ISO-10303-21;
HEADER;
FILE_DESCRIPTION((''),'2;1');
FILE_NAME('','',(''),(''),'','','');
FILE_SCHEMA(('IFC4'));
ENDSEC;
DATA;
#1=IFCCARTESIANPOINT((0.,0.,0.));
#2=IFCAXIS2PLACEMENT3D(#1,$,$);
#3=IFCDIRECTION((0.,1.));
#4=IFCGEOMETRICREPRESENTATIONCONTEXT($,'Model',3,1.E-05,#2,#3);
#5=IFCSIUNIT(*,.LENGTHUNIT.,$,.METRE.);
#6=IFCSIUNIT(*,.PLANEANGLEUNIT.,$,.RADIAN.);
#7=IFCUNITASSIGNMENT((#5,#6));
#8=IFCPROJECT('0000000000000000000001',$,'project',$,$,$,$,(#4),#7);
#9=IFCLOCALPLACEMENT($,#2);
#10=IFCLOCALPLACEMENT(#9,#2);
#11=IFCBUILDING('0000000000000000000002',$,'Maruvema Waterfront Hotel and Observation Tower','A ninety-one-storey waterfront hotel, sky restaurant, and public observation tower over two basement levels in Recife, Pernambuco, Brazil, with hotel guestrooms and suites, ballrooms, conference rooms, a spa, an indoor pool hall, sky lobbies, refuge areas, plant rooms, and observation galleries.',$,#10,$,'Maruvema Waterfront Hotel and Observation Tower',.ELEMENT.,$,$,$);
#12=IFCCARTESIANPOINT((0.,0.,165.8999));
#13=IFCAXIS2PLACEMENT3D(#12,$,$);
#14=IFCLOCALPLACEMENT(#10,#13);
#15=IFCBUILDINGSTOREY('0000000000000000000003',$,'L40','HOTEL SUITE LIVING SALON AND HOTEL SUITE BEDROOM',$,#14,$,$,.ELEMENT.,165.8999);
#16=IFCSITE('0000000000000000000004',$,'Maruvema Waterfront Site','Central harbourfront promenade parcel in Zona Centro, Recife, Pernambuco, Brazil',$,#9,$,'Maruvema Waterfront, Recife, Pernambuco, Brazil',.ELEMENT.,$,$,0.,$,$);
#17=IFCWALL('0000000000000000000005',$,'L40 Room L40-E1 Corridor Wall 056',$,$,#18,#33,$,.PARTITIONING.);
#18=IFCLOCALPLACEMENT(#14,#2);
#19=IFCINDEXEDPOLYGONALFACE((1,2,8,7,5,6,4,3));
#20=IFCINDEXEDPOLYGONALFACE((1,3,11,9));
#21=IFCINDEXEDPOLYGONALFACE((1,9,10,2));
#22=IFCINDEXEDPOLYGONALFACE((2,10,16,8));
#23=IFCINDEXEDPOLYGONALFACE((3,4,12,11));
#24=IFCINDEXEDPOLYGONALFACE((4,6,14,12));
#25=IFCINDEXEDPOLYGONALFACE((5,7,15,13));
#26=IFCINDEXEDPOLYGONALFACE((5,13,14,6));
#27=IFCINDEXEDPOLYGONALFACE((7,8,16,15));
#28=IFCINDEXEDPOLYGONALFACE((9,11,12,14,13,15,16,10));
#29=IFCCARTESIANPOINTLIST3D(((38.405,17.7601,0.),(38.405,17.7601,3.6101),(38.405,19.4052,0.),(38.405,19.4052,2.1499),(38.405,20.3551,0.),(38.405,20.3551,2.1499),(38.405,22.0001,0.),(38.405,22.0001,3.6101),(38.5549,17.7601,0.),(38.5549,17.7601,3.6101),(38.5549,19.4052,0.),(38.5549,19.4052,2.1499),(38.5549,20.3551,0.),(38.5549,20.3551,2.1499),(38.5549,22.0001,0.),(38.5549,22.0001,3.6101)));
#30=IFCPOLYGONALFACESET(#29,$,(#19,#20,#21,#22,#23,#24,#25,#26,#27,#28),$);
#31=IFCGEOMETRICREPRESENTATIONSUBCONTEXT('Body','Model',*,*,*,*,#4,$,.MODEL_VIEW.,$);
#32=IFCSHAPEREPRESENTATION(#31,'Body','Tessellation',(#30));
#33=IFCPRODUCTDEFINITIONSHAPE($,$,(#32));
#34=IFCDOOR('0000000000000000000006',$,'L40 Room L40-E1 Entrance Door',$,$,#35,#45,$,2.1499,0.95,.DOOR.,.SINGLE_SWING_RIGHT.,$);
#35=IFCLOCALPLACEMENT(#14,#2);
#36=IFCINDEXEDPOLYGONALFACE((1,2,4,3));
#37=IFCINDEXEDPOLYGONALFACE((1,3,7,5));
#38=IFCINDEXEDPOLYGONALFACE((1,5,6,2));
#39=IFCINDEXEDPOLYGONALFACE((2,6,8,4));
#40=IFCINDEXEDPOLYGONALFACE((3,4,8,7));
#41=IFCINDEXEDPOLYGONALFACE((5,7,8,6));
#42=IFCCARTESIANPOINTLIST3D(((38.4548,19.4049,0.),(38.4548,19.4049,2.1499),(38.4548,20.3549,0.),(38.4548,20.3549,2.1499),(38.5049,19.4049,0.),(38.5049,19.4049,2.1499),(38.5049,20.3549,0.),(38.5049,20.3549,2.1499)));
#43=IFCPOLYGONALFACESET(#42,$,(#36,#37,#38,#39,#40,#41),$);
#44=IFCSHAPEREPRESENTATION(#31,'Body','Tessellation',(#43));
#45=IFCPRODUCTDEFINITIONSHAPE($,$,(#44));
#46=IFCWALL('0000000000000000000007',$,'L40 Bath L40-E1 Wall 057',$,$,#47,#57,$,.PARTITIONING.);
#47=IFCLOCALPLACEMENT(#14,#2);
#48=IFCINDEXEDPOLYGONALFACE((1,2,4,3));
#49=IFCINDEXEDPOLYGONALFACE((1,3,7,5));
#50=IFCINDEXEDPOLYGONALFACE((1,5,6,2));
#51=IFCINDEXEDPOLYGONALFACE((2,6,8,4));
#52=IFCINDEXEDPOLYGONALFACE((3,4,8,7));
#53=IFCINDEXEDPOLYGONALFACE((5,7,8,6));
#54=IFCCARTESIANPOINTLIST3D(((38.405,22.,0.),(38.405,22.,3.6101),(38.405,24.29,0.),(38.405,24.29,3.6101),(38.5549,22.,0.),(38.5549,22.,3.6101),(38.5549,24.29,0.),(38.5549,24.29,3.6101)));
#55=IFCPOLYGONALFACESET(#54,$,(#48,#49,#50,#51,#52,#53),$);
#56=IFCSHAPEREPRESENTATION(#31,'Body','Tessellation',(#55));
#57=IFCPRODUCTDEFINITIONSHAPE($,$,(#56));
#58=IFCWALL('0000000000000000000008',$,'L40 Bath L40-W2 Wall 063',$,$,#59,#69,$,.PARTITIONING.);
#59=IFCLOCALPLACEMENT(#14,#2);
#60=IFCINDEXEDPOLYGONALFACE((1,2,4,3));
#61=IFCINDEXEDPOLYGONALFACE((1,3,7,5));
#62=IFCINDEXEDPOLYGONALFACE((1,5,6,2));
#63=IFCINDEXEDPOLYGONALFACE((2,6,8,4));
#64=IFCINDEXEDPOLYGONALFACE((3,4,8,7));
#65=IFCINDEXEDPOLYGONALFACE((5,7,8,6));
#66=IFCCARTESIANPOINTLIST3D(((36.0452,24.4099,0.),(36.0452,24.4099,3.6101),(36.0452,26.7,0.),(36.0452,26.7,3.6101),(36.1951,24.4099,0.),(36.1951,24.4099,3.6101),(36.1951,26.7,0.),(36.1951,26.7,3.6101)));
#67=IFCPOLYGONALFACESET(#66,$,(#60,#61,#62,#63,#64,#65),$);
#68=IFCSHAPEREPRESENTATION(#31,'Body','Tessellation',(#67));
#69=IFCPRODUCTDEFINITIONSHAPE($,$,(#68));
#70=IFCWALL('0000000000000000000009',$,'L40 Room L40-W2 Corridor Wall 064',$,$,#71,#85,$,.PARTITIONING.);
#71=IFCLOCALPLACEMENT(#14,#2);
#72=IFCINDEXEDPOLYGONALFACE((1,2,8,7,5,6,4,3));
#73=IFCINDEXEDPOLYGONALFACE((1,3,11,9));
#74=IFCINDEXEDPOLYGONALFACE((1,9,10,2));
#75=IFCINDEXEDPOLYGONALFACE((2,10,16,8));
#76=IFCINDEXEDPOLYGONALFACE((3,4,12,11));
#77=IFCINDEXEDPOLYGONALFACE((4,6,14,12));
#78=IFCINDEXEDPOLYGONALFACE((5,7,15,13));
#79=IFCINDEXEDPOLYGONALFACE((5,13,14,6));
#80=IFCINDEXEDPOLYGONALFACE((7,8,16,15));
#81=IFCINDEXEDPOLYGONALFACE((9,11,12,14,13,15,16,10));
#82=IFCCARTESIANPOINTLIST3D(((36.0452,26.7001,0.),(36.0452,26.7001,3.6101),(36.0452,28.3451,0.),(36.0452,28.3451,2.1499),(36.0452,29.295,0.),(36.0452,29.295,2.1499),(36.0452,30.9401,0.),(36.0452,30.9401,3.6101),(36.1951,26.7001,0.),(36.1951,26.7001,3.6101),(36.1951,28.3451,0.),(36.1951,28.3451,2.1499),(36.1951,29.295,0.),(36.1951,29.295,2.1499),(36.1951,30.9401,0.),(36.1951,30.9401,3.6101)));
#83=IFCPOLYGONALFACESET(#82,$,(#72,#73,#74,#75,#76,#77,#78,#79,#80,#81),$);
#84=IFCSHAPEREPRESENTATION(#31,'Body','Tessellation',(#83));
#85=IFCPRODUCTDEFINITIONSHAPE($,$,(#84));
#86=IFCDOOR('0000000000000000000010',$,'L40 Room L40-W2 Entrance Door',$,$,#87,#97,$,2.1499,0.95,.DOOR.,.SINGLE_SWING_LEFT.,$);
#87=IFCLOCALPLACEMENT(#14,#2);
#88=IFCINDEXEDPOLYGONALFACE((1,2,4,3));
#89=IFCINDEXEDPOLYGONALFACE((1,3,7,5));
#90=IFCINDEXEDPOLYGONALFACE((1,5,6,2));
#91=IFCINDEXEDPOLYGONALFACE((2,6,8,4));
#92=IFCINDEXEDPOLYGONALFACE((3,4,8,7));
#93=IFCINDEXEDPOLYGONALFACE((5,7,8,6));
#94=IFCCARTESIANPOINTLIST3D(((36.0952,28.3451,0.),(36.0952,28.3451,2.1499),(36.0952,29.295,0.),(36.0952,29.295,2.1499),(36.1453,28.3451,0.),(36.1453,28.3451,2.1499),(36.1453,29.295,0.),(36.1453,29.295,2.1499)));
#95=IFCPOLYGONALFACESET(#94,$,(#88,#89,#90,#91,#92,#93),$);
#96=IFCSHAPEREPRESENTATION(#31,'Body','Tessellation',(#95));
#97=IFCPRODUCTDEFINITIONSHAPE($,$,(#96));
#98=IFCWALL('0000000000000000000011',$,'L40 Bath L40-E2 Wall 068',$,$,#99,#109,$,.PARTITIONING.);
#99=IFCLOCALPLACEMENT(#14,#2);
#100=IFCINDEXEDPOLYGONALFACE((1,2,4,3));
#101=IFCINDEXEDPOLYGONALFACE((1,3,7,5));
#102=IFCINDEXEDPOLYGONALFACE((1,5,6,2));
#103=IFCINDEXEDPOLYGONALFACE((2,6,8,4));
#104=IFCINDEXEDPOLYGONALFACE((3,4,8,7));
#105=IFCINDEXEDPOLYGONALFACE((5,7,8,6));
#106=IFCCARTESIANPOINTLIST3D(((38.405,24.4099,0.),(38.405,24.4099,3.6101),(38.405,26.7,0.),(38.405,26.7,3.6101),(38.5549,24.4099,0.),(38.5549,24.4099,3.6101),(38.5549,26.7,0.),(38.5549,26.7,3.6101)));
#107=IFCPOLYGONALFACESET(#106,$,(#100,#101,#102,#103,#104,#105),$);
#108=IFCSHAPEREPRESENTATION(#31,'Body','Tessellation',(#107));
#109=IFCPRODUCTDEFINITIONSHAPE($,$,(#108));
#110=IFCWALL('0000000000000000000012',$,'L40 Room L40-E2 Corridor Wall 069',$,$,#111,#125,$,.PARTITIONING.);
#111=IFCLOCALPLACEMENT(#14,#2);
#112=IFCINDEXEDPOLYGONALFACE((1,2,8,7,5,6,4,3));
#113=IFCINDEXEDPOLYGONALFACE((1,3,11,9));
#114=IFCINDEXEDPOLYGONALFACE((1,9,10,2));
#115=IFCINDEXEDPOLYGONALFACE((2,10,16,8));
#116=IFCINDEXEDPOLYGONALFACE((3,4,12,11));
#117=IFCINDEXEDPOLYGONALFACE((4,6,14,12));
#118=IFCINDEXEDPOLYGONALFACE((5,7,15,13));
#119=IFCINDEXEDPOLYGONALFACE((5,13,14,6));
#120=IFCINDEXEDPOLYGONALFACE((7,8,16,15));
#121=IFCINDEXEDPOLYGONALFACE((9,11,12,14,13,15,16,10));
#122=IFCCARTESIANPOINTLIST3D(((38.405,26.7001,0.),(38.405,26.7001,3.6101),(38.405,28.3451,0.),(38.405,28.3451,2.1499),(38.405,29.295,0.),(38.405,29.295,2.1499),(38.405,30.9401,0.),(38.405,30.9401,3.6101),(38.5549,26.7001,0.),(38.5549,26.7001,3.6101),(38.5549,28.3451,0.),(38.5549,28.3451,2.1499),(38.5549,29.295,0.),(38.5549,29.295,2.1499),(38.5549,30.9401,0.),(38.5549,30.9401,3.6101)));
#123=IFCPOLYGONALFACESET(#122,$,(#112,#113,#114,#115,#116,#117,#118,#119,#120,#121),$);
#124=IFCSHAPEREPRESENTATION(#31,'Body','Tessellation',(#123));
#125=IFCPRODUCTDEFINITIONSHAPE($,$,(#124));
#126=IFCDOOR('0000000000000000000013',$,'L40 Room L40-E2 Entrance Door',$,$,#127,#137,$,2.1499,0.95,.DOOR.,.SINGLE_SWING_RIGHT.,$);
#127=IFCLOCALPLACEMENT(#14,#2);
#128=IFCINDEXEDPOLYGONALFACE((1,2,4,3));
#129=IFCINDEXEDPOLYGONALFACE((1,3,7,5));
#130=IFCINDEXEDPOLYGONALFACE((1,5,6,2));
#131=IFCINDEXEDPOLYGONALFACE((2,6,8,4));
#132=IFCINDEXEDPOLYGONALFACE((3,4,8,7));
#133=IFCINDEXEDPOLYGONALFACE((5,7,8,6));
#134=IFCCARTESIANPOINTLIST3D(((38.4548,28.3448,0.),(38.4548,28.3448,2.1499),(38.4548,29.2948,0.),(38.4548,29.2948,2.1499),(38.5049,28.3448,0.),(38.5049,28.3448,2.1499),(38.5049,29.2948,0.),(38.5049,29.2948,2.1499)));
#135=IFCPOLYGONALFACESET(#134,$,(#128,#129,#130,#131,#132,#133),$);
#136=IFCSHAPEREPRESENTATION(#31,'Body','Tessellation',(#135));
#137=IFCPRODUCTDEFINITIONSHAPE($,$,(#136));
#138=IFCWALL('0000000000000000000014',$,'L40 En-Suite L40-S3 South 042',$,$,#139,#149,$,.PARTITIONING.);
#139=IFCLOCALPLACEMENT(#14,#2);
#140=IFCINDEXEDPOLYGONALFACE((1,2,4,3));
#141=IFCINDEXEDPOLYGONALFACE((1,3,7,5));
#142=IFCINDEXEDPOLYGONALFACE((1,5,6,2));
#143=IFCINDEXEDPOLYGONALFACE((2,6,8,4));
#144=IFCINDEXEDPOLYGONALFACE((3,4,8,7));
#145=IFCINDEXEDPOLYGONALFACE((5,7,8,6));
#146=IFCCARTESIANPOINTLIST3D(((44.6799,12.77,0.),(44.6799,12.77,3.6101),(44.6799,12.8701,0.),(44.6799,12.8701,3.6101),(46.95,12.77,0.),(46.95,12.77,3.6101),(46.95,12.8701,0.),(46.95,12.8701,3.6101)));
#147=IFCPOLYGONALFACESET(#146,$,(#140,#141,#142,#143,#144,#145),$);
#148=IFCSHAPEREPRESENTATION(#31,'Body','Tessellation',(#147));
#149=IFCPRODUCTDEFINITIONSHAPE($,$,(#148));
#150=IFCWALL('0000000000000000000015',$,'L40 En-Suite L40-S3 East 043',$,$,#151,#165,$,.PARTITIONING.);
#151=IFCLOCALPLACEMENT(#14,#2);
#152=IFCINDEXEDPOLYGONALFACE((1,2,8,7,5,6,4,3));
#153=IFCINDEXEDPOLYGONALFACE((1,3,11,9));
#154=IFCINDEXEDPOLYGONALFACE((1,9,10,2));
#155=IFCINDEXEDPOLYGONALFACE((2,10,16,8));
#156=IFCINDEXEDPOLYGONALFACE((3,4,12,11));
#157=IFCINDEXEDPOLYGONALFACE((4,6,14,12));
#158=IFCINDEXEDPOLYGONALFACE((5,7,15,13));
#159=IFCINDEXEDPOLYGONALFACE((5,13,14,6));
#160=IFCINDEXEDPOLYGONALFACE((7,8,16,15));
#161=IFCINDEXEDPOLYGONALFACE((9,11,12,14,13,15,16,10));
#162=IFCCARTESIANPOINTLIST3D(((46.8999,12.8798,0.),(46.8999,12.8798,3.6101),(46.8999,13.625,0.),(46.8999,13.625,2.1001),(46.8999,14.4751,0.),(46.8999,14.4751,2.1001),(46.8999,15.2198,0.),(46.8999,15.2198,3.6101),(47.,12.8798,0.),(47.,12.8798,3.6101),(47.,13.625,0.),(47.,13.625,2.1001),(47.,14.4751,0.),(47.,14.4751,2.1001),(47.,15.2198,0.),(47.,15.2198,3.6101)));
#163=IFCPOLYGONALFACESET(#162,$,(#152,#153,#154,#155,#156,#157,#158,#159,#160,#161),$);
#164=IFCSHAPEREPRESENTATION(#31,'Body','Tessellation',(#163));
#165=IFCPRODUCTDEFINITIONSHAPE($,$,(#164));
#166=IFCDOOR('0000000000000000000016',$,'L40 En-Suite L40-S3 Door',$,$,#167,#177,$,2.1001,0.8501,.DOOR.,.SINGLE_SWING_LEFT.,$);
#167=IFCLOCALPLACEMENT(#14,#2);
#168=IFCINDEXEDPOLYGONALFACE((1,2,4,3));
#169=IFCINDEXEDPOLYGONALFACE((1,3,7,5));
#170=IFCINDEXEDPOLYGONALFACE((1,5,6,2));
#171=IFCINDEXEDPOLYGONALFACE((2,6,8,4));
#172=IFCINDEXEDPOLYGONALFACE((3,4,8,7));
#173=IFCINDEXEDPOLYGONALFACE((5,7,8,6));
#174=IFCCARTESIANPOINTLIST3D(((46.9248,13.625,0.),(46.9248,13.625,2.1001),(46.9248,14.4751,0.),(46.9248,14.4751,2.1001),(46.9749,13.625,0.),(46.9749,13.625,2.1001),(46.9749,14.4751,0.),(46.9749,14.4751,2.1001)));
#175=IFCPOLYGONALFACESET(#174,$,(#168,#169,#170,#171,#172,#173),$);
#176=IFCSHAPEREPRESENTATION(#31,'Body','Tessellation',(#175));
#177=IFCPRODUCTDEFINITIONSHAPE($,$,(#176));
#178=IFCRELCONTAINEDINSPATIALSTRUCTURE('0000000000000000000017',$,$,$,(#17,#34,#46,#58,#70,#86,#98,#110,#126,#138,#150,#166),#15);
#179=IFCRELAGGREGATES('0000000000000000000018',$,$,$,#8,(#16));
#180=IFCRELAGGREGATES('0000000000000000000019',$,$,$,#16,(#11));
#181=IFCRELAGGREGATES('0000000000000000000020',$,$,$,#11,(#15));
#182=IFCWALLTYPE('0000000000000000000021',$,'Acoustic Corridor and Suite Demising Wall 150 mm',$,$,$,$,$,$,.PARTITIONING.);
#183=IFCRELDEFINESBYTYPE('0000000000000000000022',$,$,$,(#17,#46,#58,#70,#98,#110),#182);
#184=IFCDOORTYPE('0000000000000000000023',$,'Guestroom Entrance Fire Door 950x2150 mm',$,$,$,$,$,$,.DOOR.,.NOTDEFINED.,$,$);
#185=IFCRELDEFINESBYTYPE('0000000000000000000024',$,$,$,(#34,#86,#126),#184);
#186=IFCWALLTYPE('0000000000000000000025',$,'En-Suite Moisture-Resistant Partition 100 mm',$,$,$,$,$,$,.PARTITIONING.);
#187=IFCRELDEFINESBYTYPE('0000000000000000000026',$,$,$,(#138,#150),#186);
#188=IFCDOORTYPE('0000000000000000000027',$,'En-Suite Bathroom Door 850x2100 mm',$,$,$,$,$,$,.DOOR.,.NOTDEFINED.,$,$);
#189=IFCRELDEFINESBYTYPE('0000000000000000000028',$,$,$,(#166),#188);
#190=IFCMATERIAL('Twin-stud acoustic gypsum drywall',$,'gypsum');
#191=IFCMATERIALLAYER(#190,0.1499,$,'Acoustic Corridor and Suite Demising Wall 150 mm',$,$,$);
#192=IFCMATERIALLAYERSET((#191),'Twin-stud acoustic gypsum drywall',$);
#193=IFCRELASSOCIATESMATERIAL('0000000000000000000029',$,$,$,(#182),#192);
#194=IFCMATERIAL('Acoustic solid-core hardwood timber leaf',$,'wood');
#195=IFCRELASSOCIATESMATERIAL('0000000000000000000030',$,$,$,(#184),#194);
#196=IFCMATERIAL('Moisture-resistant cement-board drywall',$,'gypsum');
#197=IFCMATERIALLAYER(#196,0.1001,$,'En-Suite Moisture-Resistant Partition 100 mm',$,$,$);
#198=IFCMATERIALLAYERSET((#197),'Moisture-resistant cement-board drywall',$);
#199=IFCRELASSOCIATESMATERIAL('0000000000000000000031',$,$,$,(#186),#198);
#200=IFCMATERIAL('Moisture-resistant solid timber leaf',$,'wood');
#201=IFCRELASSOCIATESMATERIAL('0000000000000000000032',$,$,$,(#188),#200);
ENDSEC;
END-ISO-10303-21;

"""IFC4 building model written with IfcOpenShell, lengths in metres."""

from ifc_helpers import new_model, si_unit, direction, frame, frame_2d, origin, place, context, subcontext, project, spatial, rectangle, extrude, material, layer, layer_set, type_object, element, fill, save


model = new_model("IFC4")

# Units and contexts
model_context = context("Model", 3, precision=1e-05, world=origin(), true_north=direction((0.0, 1.0)))
body_context = subcontext(model_context, "Body", "Model", "MODEL_VIEW")
ifc_project = project(units=[si_unit("LENGTHUNIT", "METRE"), si_unit("PLANEANGLEUNIT", "RADIAN")], contexts=[model_context])

# Site, building, storey
site_placement = place(None, origin())
site = spatial("IfcSite", under=ifc_project, at=site_placement, Name="Maruvema Waterfront Site", Description="Central harbourfront promenade parcel in Zona Centro, Recife, Pernambuco, Brazil", LongName="Maruvema Waterfront, Recife, Pernambuco, Brazil", CompositionType="ELEMENT", RefElevation=0.0)
building_placement = place(site_placement, origin())
building = spatial("IfcBuilding", under=site, at=building_placement, Name="Maruvema Waterfront Hotel and Observation Tower", Description="A ninety-one-storey waterfront hotel, sky restaurant, and public observation tower over two basement levels in Recife, Pernambuco, Brazil, with hotel guestrooms and suites, ballrooms, conference rooms, a spa, an indoor pool hall, sky lobbies, refuge areas, plant rooms, and observation galleries.", LongName="Maruvema Waterfront Hotel and Observation Tower", CompositionType="ELEMENT")
storey_placement = place(building_placement, frame((0.0, 0.0, 165.8999)))
storey = spatial("IfcBuildingStorey", under=building, at=storey_placement, Name="L40", Description="HOTEL SUITE LIVING SALON AND HOTEL SUITE BEDROOM", CompositionType="ELEMENT", Elevation=165.8999)

# Shared definitions
ifc_material_1 = material(Name="Twin-stud acoustic gypsum drywall", Category="gypsum")
ifc_layer_1 = layer(ifc_material_1, 0.1499, Name="Acoustic Corridor and Suite Demising Wall 150 mm")
ifc_layer_set_1 = layer_set([ifc_layer_1], Name="Twin-stud acoustic gypsum drywall")
wall_type_1 = type_object("IfcWallType", Name="Acoustic Corridor and Suite Demising Wall 150 mm", PredefinedType="PARTITIONING", material=ifc_layer_set_1)

# Wall, opening, door
ifc_material_2 = material(Name="Acoustic solid-core hardwood timber leaf", Category="wood")
door_type_1 = type_object("IfcDoorType", Name="Guestroom Entrance Fire Door 950x2150 mm", OperationType="NOTDEFINED", PredefinedType="DOOR", material=ifc_material_2)
wall_1_placement = place(storey_placement, frame((38.48, 17.76, 0.0), z_axis=(0.0, 0.0, 1.0), x_axis=(0.0, 1.0, 0.0)))
wall_1 = element("IfcWall", 1, at=wall_1_placement, inside=storey, type_object=wall_type_1, Name="L40 Room L40-E1 Corridor Wall 056", PredefinedType="PARTITIONING", context=body_context, shape_type="SweptSolid", body=[
    extrude(rectangle(XDim=4.24, YDim=0.1499, at=frame_2d((2.1201, 0.0))), origin(), (0.0, 0.0, 1.0), 3.6101),
])
opening_1_placement = place(wall_1_placement, frame((1.645, 0.0, 0.0)))
opening_1 = element("IfcOpeningElement", 2, at=opening_1_placement, cuts=wall_1, PredefinedType="OPENING", context=body_context, shape_type="SweptSolid", body=[
    extrude(rectangle(XDim=0.95, YDim=2.1499, at=frame_2d((0.4751, 1.075))), frame((0.0, 0.085, 0.0), z_axis=(0.0, -1.0, 0.0), x_axis=(1.0, 0.0, 0.0)), (0.0, 0.0, 1.0), 0.1699),
])
door_1_placement = place(opening_1_placement, frame((0.95, 0.0, 0.0), z_axis=(0.0, 0.0, 1.0), x_axis=(-1.0, 0.0, 0.0)))
door_1 = element("IfcDoor", 3, at=door_1_placement, inside=storey, type_object=door_type_1, Name="L40 Room L40-E1 Entrance Door", OperationType="SINGLE_SWING_RIGHT", OverallHeight=2.1499, OverallWidth=0.95, PredefinedType="DOOR", context=body_context, shape_type="SweptSolid", body=[
    extrude(rectangle(XDim=0.95, YDim=2.1499, at=frame_2d((0.4751, 1.075))), frame((0.0, 0.0249, 0.0), z_axis=(0.0, -1.0, 0.0), x_axis=(1.0, 0.0, 0.0)), (0.0, 0.0, 1.0), 0.05),
])
fill(opening_1, door_1)

# Walls
for number, where, z_axis, x_axis, name in (
    (4, (38.48, 22.0, 0.0), (0.0, 0.0, 1.0), (0.0, 1.0, 0.0), "L40 Bath L40-E1 Wall 057"),
    (5, (36.1201, 24.4099, 0.0), (0.0, 0.0, 1.0), (0.0, 1.0, 0.0), "L40 Bath L40-W2 Wall 063"),
):
    element("IfcWall", number, at=place(storey_placement, frame(where, z_axis=z_axis, x_axis=x_axis)), inside=storey, type_object=wall_type_1, Name=name, PredefinedType="PARTITIONING", context=body_context, shape_type="SweptSolid", body=[
        extrude(rectangle(XDim=2.29, YDim=0.1499, at=frame_2d((1.145, 0.0))), origin(), (0.0, 0.0, 1.0), 3.6101),
    ])

# Wall, opening, door
wall_2_placement = place(storey_placement, frame((36.1201, 26.7, 0.0), z_axis=(0.0, 0.0, 1.0), x_axis=(0.0, 1.0, 0.0)))
wall_2 = element("IfcWall", 6, at=wall_2_placement, inside=storey, type_object=wall_type_1, Name="L40 Room L40-W2 Corridor Wall 064", PredefinedType="PARTITIONING", context=body_context, shape_type="SweptSolid", body=[
    extrude(rectangle(XDim=4.24, YDim=0.1499, at=frame_2d((2.1201, 0.0))), origin(), (0.0, 0.0, 1.0), 3.6101),
])
opening_2_placement = place(wall_2_placement, frame((1.645, 0.0, 0.0)))
opening_2 = element("IfcOpeningElement", 7, at=opening_2_placement, cuts=wall_2, PredefinedType="OPENING", context=body_context, shape_type="SweptSolid", body=[
    extrude(rectangle(XDim=0.95, YDim=2.1499, at=frame_2d((0.4751, 1.075))), frame((0.0, 0.085, 0.0), z_axis=(0.0, -1.0, 0.0), x_axis=(1.0, 0.0, 0.0)), (0.0, 0.0, 1.0), 0.1699),
])
door_2_placement = place(opening_2_placement, origin())
door_2 = element("IfcDoor", 8, at=door_2_placement, inside=storey, type_object=door_type_1, Name="L40 Room L40-W2 Entrance Door", OperationType="SINGLE_SWING_LEFT", OverallHeight=2.1499, OverallWidth=0.95, PredefinedType="DOOR", context=body_context, shape_type="SweptSolid", body=[
    extrude(rectangle(XDim=0.95, YDim=2.1499, at=frame_2d((0.4751, 1.075))), frame((0.0, 0.0249, 0.0), z_axis=(0.0, -1.0, 0.0), x_axis=(1.0, 0.0, 0.0)), (0.0, 0.0, 1.0), 0.05),
])
fill(opening_2, door_2)

# Wall
wall_3_placement = place(storey_placement, frame((38.48, 24.4099, 0.0), z_axis=(0.0, 0.0, 1.0), x_axis=(0.0, 1.0, 0.0)))
element("IfcWall", 9, at=wall_3_placement, inside=storey, type_object=wall_type_1, Name="L40 Bath L40-E2 Wall 068", PredefinedType="PARTITIONING", context=body_context, shape_type="SweptSolid", body=[
    extrude(rectangle(XDim=2.29, YDim=0.1499, at=frame_2d((1.145, 0.0))), origin(), (0.0, 0.0, 1.0), 3.6101),
])

# Wall, opening, door
wall_4_placement = place(storey_placement, frame((38.48, 26.7, 0.0), z_axis=(0.0, 0.0, 1.0), x_axis=(0.0, 1.0, 0.0)))
wall_4 = element("IfcWall", 10, at=wall_4_placement, inside=storey, type_object=wall_type_1, Name="L40 Room L40-E2 Corridor Wall 069", PredefinedType="PARTITIONING", context=body_context, shape_type="SweptSolid", body=[
    extrude(rectangle(XDim=4.24, YDim=0.1499, at=frame_2d((2.1201, 0.0))), origin(), (0.0, 0.0, 1.0), 3.6101),
])
opening_3_placement = place(wall_4_placement, frame((1.645, 0.0, 0.0)))
opening_3 = element("IfcOpeningElement", 11, at=opening_3_placement, cuts=wall_4, PredefinedType="OPENING", context=body_context, shape_type="SweptSolid", body=[
    extrude(rectangle(XDim=0.95, YDim=2.1499, at=frame_2d((0.4751, 1.075))), frame((0.0, 0.085, 0.0), z_axis=(0.0, -1.0, 0.0), x_axis=(1.0, 0.0, 0.0)), (0.0, 0.0, 1.0), 0.1699),
])
door_3_placement = place(opening_3_placement, frame((0.95, 0.0, 0.0), z_axis=(0.0, 0.0, 1.0), x_axis=(-1.0, 0.0, 0.0)))
door_3 = element("IfcDoor", 12, at=door_3_placement, inside=storey, type_object=door_type_1, Name="L40 Room L40-E2 Entrance Door", OperationType="SINGLE_SWING_RIGHT", OverallHeight=2.1499, OverallWidth=0.95, PredefinedType="DOOR", context=body_context, shape_type="SweptSolid", body=[
    extrude(rectangle(XDim=0.95, YDim=2.1499, at=frame_2d((0.4751, 1.075))), frame((0.0, 0.0249, 0.0), z_axis=(0.0, -1.0, 0.0), x_axis=(1.0, 0.0, 0.0)), (0.0, 0.0, 1.0), 0.05),
])
fill(opening_3, door_3)

# Wall
ifc_material_3 = material(Name="Moisture-resistant cement-board drywall", Category="gypsum")
ifc_layer_2 = layer(ifc_material_3, 0.1001, Name="En-Suite Moisture-Resistant Partition 100 mm")
ifc_layer_set_2 = layer_set([ifc_layer_2], Name="Moisture-resistant cement-board drywall")
wall_type_2 = type_object("IfcWallType", Name="En-Suite Moisture-Resistant Partition 100 mm", PredefinedType="PARTITIONING", material=ifc_layer_set_2)
wall_5_placement = place(storey_placement, frame((44.6799, 12.8201, 0.0), z_axis=(0.0, 0.0, 1.0), x_axis=(1.0, 0.0, 0.0)))
element("IfcWall", 13, at=wall_5_placement, inside=storey, type_object=wall_type_2, Name="L40 En-Suite L40-S3 South 042", PredefinedType="PARTITIONING", context=body_context, shape_type="SweptSolid", body=[
    extrude(rectangle(XDim=2.27, YDim=0.1001, at=frame_2d((1.135, 0.0))), origin(), (0.0, 0.0, 1.0), 3.6101),
])

# Wall, opening, door
wall_6_placement = place(storey_placement, frame((46.95, 12.8799, 0.0), z_axis=(0.0, 0.0, 1.0), x_axis=(0.0, 1.0, 0.0)))
wall_6 = element("IfcWall", 14, at=wall_6_placement, inside=storey, type_object=wall_type_2, Name="L40 En-Suite L40-S3 East 043", PredefinedType="PARTITIONING", context=body_context, shape_type="SweptSolid", body=[
    extrude(rectangle(XDim=2.3401, YDim=0.1001, at=frame_2d((1.1699, 0.0))), origin(), (0.0, 0.0, 1.0), 3.6101),
])
opening_4_placement = place(wall_6_placement, frame((0.7451, 0.0, 0.0)))
opening_4 = element("IfcOpeningElement", 15, at=opening_4_placement, cuts=wall_6, PredefinedType="OPENING", context=body_context, shape_type="SweptSolid", body=[
    extrude(rectangle(XDim=0.8501, YDim=2.1001, at=frame_2d((0.425, 1.05))), frame((0.0, 0.0601, 0.0), z_axis=(0.0, -1.0, 0.0), x_axis=(1.0, 0.0, 0.0)), (0.0, 0.0, 1.0), 0.1201),
])
ifc_material_4 = material(Name="Moisture-resistant solid timber leaf", Category="wood")
door_type_2 = type_object("IfcDoorType", Name="En-Suite Bathroom Door 850x2100 mm", OperationType="NOTDEFINED", PredefinedType="DOOR", material=ifc_material_4)
door_4_placement = place(opening_4_placement, frame((0.8501, 0.0, 0.0), z_axis=(0.0, 0.0, 1.0), x_axis=(-1.0, 0.0, 0.0)))
door_4 = element("IfcDoor", 16, at=door_4_placement, inside=storey, type_object=door_type_2, Name="L40 En-Suite L40-S3 Door", OperationType="SINGLE_SWING_LEFT", OverallHeight=2.1001, OverallWidth=0.8501, PredefinedType="DOOR", context=body_context, shape_type="SweptSolid", body=[
    extrude(rectangle(XDim=0.8501, YDim=2.1001, at=frame_2d((0.425, 1.05))), frame((0.0, 0.0249, 0.0), z_axis=(0.0, -1.0, 0.0), x_axis=(1.0, 0.0, 0.0)), (0.0, 0.0, 1.0), 0.05),
])
fill(opening_4, door_4)

save(model, "model.ifc")
